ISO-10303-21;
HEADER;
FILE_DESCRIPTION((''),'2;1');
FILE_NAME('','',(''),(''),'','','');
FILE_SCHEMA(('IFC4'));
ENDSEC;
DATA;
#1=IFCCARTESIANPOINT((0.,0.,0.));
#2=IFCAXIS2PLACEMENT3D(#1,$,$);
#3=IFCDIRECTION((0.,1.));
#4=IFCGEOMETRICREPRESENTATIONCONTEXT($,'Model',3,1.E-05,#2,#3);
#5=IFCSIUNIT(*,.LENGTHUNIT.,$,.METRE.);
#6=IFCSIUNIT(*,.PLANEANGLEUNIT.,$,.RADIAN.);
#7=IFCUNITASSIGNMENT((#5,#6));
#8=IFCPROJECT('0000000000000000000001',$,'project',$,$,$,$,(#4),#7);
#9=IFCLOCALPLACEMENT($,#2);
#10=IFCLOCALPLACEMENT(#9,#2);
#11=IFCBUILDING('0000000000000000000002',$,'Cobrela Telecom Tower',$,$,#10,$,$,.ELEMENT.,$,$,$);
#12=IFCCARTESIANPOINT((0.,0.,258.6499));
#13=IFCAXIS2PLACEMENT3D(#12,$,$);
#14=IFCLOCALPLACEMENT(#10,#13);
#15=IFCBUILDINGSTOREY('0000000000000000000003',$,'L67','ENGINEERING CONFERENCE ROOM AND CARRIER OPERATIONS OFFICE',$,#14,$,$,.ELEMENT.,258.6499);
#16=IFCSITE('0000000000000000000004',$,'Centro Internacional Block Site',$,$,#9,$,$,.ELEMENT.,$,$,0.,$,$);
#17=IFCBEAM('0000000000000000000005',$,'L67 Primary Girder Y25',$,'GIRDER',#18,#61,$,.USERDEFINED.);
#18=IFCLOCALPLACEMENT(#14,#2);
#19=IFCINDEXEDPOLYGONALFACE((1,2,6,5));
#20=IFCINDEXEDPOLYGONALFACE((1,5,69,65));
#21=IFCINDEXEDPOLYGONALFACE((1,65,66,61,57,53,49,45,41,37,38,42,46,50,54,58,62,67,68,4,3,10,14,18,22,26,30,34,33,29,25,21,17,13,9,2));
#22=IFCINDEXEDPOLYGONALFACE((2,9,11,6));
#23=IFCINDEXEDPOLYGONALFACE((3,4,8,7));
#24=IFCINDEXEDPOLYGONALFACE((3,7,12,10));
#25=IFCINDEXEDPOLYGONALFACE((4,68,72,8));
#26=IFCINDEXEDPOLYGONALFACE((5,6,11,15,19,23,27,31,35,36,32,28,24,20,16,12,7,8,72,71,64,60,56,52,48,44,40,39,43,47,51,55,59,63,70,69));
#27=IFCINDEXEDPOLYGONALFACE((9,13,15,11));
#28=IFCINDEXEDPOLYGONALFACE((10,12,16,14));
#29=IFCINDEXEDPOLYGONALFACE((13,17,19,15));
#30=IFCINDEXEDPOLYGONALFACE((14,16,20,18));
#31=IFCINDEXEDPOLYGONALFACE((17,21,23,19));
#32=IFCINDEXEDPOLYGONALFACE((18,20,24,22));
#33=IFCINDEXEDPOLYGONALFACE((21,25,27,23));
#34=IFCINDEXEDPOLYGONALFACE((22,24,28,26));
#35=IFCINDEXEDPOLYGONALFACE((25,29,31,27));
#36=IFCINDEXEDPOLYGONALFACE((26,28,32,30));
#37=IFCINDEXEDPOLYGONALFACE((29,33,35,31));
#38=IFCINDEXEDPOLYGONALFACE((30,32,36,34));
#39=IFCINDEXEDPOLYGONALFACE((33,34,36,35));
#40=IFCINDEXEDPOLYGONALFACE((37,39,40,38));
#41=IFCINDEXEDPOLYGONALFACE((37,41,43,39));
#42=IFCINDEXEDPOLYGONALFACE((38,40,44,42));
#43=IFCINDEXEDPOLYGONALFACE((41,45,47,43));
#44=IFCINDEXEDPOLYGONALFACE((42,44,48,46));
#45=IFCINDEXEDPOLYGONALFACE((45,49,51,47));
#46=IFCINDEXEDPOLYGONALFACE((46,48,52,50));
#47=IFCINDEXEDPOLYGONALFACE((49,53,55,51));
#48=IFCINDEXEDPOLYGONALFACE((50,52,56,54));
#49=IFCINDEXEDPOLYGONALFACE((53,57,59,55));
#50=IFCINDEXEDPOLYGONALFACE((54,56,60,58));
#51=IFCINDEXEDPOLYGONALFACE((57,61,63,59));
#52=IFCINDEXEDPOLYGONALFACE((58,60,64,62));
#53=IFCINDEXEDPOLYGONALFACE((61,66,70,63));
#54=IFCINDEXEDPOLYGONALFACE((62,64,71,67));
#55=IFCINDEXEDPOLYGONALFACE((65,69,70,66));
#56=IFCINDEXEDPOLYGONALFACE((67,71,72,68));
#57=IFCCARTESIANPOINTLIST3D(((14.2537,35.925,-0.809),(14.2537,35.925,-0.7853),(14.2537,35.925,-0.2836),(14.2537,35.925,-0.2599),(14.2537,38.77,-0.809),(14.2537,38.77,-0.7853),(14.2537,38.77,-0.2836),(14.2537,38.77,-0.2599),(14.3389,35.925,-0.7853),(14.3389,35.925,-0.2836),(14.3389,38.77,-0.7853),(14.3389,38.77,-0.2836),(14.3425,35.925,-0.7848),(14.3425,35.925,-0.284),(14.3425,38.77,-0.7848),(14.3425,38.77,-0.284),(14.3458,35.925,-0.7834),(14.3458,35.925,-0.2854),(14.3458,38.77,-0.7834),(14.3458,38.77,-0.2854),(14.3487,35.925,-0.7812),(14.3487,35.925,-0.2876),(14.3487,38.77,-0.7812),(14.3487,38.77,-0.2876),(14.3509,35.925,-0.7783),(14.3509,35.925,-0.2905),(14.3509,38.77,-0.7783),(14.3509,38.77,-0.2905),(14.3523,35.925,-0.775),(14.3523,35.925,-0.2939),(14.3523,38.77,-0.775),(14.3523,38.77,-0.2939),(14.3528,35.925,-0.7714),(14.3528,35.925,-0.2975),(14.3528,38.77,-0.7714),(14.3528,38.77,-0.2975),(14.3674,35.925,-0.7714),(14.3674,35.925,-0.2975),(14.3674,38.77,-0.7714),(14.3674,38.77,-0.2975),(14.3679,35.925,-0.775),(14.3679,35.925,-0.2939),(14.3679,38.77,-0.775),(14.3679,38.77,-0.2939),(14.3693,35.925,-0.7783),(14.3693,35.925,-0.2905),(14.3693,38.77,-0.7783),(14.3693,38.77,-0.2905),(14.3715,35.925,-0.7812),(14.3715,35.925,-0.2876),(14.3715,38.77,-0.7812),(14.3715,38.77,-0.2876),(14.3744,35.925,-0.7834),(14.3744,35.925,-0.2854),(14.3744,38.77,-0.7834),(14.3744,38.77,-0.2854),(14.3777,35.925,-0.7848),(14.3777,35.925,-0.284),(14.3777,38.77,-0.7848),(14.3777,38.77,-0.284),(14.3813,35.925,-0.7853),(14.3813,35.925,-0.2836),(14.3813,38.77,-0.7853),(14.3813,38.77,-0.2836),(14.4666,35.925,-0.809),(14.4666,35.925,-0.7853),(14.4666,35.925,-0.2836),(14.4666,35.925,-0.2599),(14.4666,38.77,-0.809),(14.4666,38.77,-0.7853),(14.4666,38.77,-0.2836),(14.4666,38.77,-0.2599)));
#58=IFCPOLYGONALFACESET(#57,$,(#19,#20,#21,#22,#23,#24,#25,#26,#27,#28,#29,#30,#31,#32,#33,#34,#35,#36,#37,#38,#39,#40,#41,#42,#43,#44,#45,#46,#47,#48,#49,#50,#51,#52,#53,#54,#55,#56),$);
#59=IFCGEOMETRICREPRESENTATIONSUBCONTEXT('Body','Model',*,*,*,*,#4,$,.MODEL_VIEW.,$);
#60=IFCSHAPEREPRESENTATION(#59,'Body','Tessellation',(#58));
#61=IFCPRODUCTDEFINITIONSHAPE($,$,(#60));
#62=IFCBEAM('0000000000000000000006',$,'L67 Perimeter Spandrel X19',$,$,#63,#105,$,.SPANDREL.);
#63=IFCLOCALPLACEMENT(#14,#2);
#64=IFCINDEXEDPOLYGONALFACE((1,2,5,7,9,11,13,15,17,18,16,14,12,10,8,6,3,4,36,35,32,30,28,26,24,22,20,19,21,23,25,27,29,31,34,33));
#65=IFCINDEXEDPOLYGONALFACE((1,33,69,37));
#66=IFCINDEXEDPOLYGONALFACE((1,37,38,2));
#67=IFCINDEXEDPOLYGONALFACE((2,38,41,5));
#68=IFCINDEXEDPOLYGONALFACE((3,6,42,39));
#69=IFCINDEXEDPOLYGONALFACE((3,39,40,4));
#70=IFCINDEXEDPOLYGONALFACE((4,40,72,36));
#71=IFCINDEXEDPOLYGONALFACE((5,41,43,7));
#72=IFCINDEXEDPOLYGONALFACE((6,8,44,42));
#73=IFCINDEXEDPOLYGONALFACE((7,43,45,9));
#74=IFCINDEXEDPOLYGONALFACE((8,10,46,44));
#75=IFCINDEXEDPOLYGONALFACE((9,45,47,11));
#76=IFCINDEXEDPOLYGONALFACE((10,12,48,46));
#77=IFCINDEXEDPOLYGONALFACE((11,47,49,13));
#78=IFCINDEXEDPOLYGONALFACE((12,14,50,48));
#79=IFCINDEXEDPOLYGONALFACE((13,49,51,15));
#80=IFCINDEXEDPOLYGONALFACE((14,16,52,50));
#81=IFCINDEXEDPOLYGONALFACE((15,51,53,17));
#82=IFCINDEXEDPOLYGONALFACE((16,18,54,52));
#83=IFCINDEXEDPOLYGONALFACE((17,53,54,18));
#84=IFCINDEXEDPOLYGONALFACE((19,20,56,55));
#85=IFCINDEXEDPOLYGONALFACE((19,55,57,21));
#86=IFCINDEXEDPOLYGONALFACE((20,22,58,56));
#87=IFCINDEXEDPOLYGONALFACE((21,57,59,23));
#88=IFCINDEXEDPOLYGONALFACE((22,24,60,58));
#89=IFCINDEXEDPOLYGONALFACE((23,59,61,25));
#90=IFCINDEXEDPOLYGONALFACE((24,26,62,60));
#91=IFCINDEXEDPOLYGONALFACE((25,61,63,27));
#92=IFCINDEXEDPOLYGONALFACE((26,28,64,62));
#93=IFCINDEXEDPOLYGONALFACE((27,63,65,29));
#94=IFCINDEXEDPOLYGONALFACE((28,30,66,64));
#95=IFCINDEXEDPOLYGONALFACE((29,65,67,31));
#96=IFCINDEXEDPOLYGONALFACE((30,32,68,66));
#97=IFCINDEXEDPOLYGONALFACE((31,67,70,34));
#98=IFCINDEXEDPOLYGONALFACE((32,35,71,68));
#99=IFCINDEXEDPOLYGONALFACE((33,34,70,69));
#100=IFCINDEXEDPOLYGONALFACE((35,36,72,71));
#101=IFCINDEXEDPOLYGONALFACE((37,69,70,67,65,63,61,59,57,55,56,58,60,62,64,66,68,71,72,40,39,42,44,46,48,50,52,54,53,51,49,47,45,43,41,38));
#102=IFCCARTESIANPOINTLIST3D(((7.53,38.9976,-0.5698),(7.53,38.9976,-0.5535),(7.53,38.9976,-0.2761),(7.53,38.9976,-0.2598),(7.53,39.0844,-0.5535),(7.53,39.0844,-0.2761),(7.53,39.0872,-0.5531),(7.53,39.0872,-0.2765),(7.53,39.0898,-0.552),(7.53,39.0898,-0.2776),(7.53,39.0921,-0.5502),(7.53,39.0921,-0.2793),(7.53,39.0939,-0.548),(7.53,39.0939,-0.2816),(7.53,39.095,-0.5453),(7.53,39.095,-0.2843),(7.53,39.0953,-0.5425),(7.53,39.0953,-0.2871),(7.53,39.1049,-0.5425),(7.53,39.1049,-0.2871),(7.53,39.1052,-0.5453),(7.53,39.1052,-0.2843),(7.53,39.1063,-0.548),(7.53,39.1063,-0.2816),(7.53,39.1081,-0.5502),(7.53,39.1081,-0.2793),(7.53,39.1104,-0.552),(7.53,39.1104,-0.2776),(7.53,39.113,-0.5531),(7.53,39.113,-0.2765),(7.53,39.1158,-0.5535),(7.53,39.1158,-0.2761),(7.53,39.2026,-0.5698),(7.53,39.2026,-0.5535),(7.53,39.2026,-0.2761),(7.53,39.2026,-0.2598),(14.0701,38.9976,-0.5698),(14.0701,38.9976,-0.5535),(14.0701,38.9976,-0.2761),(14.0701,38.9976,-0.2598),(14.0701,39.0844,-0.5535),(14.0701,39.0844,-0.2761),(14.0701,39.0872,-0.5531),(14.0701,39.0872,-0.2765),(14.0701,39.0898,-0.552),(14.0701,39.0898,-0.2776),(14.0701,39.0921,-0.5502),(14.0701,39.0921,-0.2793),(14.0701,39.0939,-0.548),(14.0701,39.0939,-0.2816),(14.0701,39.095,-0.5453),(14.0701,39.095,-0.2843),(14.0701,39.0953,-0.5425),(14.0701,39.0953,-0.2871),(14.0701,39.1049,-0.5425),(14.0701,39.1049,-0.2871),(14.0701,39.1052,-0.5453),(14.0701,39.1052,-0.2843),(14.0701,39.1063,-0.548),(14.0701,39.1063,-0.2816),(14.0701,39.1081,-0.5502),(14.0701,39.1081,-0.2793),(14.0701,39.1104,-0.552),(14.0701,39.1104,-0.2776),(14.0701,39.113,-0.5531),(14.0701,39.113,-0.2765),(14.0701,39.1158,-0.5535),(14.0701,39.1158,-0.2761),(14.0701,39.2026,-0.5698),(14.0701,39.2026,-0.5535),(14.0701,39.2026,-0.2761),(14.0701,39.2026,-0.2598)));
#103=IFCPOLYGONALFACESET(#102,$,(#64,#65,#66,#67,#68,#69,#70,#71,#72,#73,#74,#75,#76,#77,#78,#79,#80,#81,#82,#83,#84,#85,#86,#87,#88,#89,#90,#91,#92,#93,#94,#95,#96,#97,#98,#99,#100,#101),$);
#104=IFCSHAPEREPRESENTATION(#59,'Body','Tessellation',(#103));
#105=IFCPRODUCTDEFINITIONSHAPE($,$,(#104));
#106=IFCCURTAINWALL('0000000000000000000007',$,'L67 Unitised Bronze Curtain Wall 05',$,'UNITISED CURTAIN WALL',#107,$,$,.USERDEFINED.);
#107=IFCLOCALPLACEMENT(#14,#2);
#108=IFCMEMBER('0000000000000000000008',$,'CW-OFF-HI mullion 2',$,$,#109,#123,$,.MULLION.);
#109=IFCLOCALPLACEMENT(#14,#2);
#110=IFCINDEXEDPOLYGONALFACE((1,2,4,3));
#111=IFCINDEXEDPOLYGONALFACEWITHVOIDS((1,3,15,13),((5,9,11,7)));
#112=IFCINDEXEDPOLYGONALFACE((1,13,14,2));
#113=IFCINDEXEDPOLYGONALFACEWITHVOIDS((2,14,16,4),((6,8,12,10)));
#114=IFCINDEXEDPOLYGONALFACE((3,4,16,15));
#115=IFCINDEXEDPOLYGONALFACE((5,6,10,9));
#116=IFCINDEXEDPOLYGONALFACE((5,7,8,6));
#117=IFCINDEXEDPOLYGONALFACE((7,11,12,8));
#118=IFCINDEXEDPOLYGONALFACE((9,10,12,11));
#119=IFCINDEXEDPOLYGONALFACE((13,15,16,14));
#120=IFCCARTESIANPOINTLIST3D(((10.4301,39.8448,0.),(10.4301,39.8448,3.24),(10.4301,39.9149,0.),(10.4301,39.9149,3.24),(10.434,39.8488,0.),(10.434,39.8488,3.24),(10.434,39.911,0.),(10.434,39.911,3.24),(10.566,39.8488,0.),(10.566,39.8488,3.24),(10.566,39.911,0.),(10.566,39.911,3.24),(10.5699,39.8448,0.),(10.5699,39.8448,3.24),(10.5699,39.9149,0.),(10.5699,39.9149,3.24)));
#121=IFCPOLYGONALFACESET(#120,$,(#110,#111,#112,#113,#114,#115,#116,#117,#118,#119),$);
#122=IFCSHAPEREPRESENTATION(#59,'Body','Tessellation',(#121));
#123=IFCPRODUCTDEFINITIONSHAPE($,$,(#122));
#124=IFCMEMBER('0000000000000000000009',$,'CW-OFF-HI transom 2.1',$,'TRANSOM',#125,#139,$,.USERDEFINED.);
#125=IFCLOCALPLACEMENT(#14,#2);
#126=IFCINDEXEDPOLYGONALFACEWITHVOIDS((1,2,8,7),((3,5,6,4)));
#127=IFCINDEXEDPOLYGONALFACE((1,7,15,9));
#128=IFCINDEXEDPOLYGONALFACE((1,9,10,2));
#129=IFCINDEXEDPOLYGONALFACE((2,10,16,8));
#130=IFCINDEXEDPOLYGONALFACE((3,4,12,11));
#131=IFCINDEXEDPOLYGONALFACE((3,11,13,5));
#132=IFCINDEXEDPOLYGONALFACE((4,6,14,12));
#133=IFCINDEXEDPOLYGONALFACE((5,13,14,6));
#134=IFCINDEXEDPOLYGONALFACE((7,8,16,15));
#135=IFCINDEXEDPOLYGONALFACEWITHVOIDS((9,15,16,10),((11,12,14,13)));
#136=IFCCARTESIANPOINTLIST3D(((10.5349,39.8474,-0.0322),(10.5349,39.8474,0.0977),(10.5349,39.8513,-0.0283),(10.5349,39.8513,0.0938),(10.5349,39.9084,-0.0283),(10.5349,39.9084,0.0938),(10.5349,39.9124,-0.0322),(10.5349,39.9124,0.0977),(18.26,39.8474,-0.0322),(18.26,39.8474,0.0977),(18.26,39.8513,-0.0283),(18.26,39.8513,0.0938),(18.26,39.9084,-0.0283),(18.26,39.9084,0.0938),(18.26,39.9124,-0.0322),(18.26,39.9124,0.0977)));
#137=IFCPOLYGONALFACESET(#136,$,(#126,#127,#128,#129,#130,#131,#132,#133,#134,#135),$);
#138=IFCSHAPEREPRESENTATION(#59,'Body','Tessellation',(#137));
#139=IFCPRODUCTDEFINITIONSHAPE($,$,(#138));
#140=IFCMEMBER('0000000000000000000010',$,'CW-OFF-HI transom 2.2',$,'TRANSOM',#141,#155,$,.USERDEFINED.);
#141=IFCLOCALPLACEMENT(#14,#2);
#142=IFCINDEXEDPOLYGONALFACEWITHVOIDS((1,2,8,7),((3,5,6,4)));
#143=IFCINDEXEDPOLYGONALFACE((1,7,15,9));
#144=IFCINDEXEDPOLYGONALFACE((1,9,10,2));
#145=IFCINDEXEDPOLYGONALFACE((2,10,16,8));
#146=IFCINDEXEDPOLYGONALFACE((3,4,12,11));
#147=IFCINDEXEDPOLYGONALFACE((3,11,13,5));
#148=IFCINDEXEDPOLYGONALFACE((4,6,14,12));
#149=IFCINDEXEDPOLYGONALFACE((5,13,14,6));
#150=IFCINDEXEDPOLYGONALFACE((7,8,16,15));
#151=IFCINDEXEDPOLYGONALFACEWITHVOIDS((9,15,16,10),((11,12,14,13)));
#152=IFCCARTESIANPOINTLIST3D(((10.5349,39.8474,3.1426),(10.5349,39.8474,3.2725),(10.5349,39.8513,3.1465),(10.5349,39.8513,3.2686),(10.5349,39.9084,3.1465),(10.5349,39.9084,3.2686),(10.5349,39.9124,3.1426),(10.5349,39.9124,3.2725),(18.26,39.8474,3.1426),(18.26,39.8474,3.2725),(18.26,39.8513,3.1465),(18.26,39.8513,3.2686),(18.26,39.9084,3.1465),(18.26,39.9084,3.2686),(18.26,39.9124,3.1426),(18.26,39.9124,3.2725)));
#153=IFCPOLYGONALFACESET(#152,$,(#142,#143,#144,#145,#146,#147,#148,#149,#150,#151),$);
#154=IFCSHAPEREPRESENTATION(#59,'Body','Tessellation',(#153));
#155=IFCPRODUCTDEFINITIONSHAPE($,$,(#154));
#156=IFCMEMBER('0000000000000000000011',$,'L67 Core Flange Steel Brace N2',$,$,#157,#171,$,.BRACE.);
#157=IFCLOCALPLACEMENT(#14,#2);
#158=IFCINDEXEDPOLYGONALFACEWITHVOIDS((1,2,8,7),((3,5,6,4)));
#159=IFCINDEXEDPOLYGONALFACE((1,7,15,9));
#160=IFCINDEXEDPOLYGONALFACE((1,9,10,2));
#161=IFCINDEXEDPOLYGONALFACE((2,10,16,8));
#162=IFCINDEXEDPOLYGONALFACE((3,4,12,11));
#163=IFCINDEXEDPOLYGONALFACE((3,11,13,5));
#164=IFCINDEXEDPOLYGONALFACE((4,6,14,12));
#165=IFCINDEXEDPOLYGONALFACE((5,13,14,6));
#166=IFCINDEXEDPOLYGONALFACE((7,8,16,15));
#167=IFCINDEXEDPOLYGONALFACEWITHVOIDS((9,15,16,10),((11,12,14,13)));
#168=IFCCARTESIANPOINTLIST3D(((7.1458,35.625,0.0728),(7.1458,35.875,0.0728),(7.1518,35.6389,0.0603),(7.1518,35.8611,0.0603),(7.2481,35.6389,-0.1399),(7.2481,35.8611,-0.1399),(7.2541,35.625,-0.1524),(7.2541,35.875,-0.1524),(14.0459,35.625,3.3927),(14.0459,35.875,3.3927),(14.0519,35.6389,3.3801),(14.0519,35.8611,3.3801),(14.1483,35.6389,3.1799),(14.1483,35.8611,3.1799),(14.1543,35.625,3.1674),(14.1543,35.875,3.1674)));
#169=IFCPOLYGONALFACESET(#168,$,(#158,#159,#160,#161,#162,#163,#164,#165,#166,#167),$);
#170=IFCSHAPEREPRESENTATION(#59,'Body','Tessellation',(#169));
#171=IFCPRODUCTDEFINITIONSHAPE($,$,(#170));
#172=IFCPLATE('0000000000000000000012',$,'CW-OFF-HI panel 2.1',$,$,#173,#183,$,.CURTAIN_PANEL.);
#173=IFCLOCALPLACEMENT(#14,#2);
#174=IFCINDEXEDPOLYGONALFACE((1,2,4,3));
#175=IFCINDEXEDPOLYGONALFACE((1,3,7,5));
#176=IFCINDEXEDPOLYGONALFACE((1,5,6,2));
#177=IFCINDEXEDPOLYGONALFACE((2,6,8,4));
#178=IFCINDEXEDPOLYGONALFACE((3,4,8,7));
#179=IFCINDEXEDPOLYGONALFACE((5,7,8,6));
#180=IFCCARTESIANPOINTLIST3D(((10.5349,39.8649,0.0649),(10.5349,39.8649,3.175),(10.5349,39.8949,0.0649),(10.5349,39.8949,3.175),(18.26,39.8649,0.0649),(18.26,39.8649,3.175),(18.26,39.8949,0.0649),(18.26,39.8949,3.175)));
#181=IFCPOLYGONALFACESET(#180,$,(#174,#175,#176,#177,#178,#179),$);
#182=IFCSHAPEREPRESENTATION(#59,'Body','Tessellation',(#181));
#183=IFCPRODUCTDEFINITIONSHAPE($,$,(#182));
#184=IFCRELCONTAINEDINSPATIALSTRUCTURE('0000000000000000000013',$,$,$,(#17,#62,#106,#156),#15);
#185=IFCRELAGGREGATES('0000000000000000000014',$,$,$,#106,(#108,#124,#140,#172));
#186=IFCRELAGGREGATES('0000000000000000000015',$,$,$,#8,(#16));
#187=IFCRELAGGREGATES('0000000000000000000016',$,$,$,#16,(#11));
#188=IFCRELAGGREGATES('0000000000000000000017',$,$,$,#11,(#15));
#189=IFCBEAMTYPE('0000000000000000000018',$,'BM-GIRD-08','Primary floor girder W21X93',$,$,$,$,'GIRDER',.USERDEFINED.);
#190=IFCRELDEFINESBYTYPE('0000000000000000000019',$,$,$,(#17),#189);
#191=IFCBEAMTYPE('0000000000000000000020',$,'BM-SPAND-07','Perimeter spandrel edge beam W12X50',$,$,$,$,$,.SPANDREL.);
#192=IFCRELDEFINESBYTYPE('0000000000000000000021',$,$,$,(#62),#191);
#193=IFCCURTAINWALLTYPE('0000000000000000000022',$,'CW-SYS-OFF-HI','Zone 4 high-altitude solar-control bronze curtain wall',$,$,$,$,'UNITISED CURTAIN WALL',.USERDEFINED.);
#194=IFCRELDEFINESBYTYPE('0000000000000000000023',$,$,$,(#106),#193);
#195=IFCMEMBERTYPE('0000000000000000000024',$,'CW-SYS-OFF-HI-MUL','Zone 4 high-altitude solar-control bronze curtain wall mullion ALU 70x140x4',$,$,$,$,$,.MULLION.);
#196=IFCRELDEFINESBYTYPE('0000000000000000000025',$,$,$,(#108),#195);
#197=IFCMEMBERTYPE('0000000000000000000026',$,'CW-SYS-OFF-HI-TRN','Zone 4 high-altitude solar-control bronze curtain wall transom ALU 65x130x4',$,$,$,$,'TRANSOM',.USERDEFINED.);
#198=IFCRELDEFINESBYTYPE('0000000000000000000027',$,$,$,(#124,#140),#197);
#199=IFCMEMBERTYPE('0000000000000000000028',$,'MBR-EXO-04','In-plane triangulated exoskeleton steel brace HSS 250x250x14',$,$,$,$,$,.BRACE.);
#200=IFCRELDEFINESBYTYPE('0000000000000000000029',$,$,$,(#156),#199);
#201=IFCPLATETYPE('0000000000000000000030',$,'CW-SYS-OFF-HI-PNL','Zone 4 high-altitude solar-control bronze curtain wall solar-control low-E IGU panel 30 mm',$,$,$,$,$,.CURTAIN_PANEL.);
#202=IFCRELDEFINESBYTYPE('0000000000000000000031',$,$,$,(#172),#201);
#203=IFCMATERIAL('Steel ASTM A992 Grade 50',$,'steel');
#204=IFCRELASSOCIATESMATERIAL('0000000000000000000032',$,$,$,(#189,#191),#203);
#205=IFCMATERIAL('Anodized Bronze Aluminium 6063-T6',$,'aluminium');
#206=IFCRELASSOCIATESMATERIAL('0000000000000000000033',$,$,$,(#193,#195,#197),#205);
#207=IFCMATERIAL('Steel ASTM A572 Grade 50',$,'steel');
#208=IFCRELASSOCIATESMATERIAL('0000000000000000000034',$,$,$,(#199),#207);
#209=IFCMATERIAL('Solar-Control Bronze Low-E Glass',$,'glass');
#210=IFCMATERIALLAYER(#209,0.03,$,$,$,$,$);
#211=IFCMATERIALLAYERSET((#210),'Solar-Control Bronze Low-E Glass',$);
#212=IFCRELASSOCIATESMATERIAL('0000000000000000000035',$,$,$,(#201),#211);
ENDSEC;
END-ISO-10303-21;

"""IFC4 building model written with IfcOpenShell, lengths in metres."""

from ifc_helpers import new_model, si_unit, direction, frame, origin, origin_2d, place, context, subcontext, project, spatial, rectangle, hollow_rectangle, i_section, extrude, material, layer, layer_set, material_profile, profile_set, type_object, element, aggregate, save


model = new_model("IFC4")

# Units and contexts
model_context = context("Model", 3, precision=1e-05, world=origin(), true_north=direction((0.0, 1.0)))
body_context = subcontext(model_context, "Body", "Model", "MODEL_VIEW")
ifc_project = project(units=[si_unit("LENGTHUNIT", "METRE"), si_unit("PLANEANGLEUNIT", "RADIAN")], contexts=[model_context])

# Site, building, storey
site_placement = place(None, origin())
site = spatial("IfcSite", under=ifc_project, at=site_placement, Name="Centro Internacional Block Site", CompositionType="ELEMENT", RefElevation=0.0)
building_placement = place(site_placement, origin())
building = spatial("IfcBuilding", under=site, at=building_placement, Name="Cobrela Telecom Tower", CompositionType="ELEMENT")
storey_placement = place(building_placement, frame((0.0, 0.0, 258.6499)))
storey = spatial("IfcBuildingStorey", under=building, at=storey_placement, Name="L67", Description="ENGINEERING CONFERENCE ROOM AND CARRIER OPERATIONS OFFICE", CompositionType="ELEMENT", Elevation=258.6499)

# Shared definitions
ifc_material_1 = material(Name="Steel ASTM A572 Grade 50", Category="steel")

# Beams
ifc_material_2 = material(Name="Steel ASTM A992 Grade 50", Category="steel")
ifc_material_profile_1 = material_profile(ifc_material_2, i_section(OverallWidth=0.2129, OverallDepth=0.5491, WebThickness=0.0146, FlangeThickness=0.0237, FilletRadius=0.0139, at=origin_2d()), Name="W21X93")
ifc_profile_set_1 = profile_set([ifc_material_profile_1], Name="Steel ASTM A992 Grade 50")
beam_type_1 = type_object("IfcBeamType", Name="BM-GIRD-08", Description="Primary floor girder W21X93", ElementType="GIRDER", PredefinedType="USERDEFINED", material=ifc_profile_set_1)
for number, where, z_axis, x_axis, name in (
    (1, (14.3601, 35.925, -0.5344), (0.0, 1.0, 0.0), (-1.0, 0.0, 0.0), "L67 Primary Girder Y25"),
):
    element("IfcBeam", number, at=place(storey_placement, frame(where, z_axis=z_axis, x_axis=x_axis)), inside=storey, type_object=beam_type_1, Name=name, ObjectType="GIRDER", PredefinedType="USERDEFINED", context=body_context, shape_type="SweptSolid", body=[
        extrude(i_section(OverallWidth=0.2129, OverallDepth=0.5491, WebThickness=0.0146, FlangeThickness=0.0237, FilletRadius=0.0139, at=origin_2d()), origin(), (0.0, 0.0, 1.0), 2.845),
    ])
ifc_material_profile_2 = material_profile(ifc_material_2, i_section(OverallWidth=0.2051, OverallDepth=0.3101, WebThickness=0.0095, FlangeThickness=0.0164, FilletRadius=0.011, at=origin_2d()), Name="W12X50")
ifc_profile_set_2 = profile_set([ifc_material_profile_2], Name="Steel ASTM A992 Grade 50")
beam_type_2 = type_object("IfcBeamType", Name="BM-SPAND-07", Description="Perimeter spandrel edge beam W12X50", PredefinedType="SPANDREL", material=ifc_profile_set_2)
beam_1_placement = place(storey_placement, frame((7.53, 39.1001, -0.4148), z_axis=(1.0, 0.0, 0.0), x_axis=(0.0, 1.0, 0.0)))
element("IfcBeam", 2, at=beam_1_placement, inside=storey, type_object=beam_type_2, Name="L67 Perimeter Spandrel X19", PredefinedType="SPANDREL", context=body_context, shape_type="SweptSolid", body=[
    extrude(i_section(OverallWidth=0.2051, OverallDepth=0.3101, WebThickness=0.0095, FlangeThickness=0.0164, FilletRadius=0.011, at=origin_2d()), origin(), (0.0, 0.0, 1.0), 6.54),
])

# Curtain wall, members
ifc_material_3 = material(Name="Anodized Bronze Aluminium 6063-T6", Category="aluminium")
curtain_wall_type = type_object("IfcCurtainWallType", Name="CW-SYS-OFF-HI", Description="Zone 4 high-altitude solar-control bronze curtain wall", ElementType="UNITISED CURTAIN WALL", PredefinedType="USERDEFINED", material=ifc_material_3)
curtain_wall_placement = place(storey_placement, origin())
curtain_wall = element("IfcCurtainWall", 3, at=curtain_wall_placement, inside=storey, type_object=curtain_wall_type, Name="L67 Unitised Bronze Curtain Wall 05", ObjectType="UNITISED CURTAIN WALL", PredefinedType="USERDEFINED")
ifc_material_profile_3 = material_profile(ifc_material_3, hollow_rectangle(XDim=0.0701, YDim=0.1399, WallThickness=0.0039, at=origin_2d()), Name="ALU 70x140x4")
ifc_profile_set_3 = profile_set([ifc_material_profile_3], Name="Anodized Bronze Aluminium 6063-T6")
member_type_1 = type_object("IfcMemberType", Name="CW-SYS-OFF-HI-MUL", Description="Zone 4 high-altitude solar-control bronze curtain wall mullion ALU 70x140x4", PredefinedType="MULLION", material=ifc_profile_set_3)
member_1_placement = place(storey_placement, frame((10.5, 39.8799, 0.0), z_axis=(0.0, 0.0, 1.0), x_axis=(0.0, 1.0, 0.0)))
member_1 = element("IfcMember", 4, at=member_1_placement, type_object=member_type_1, Name="CW-OFF-HI mullion 2", PredefinedType="MULLION", context=body_context, shape_type="SweptSolid", body=[
    extrude(hollow_rectangle(XDim=0.0701, YDim=0.1399, WallThickness=0.0039, at=origin_2d()), origin(), (0.0, 0.0, 1.0), 3.24),
])
ifc_material_profile_4 = material_profile(ifc_material_3, hollow_rectangle(XDim=0.0649, YDim=0.1299, WallThickness=0.0039, at=origin_2d()), Name="ALU 65x130x4")
ifc_profile_set_4 = profile_set([ifc_material_profile_4], Name="Anodized Bronze Aluminium 6063-T6")
member_type_2 = type_object("IfcMemberType", Name="CW-SYS-OFF-HI-TRN", Description="Zone 4 high-altitude solar-control bronze curtain wall transom ALU 65x130x4", ElementType="TRANSOM", PredefinedType="USERDEFINED", material=ifc_profile_set_4)
member_2_placement = place(storey_placement, frame((10.5349, 39.8799, 0.0327), z_axis=(1.0, 0.0, 0.0), x_axis=(0.0, 1.0, 0.0)))
member_2 = element("IfcMember", 5, at=member_2_placement, type_object=member_type_2, Name="CW-OFF-HI transom 2.1", ObjectType="TRANSOM", PredefinedType="USERDEFINED", context=body_context, shape_type="SweptSolid", body=[
    extrude(hollow_rectangle(XDim=0.0649, YDim=0.1299, WallThickness=0.0039, at=origin_2d()), origin(), (0.0, 0.0, 1.0), 7.7251),
])
member_3_placement = place(storey_placement, frame((10.5349, 39.8799, 3.2075), z_axis=(1.0, 0.0, 0.0), x_axis=(0.0, 1.0, 0.0)))
member_3 = element("IfcMember", 6, at=member_3_placement, type_object=member_type_2, Name="CW-OFF-HI transom 2.2", ObjectType="TRANSOM", PredefinedType="USERDEFINED", context=body_context, shape_type="SweptSolid", body=[
    extrude(hollow_rectangle(XDim=0.0649, YDim=0.1299, WallThickness=0.0039, at=origin_2d()), origin(), (0.0, 0.0, 1.0), 7.7251),
])

# Member
ifc_material_profile_5 = material_profile(ifc_material_1, hollow_rectangle(XDim=0.25, YDim=0.25, WallThickness=0.0139, at=origin_2d()), Name="HSS 250x250x14")
ifc_profile_set_5 = profile_set([ifc_material_profile_5], Name="Steel ASTM A572 Grade 50")
member_type_3 = type_object("IfcMemberType", Name="MBR-EXO-04", Description="In-plane triangulated exoskeleton steel brace HSS 250x250x14", PredefinedType="BRACE", material=ifc_profile_set_5)
member_4_placement = place(storey_placement, frame((7.2, 35.75, -0.0398), z_axis=(0.901128, 0.0, 0.433554), x_axis=(0.0, 1.0, 0.0)))
element("IfcMember", 7, at=member_4_placement, inside=storey, type_object=member_type_3, Name="L67 Core Flange Steel Brace N2", PredefinedType="BRACE", context=body_context, shape_type="SweptSolid", body=[
    extrude(hollow_rectangle(XDim=0.25, YDim=0.25, WallThickness=0.0139, at=origin_2d()), origin(), (0.0, 0.0, 1.0), 7.6572),
])

# Plate
ifc_material_4 = material(Name="Solar-Control Bronze Low-E Glass", Category="glass")
ifc_layer_1 = layer(ifc_material_4, 0.03)
ifc_layer_set_1 = layer_set([ifc_layer_1], Name="Solar-Control Bronze Low-E Glass")
plate_type_1 = type_object("IfcPlateType", Name="CW-SYS-OFF-HI-PNL", Description="Zone 4 high-altitude solar-control bronze curtain wall solar-control low-E IGU panel 30 mm", PredefinedType="CURTAIN_PANEL", material=ifc_layer_set_1)
plate_1_placement = place(storey_placement, frame((14.3975, 39.8799, 0.0649), z_axis=(0.0, 0.0, 1.0), x_axis=(1.0, 0.0, 0.0)))
plate_1 = element("IfcPlate", 8, at=plate_1_placement, type_object=plate_type_1, Name="CW-OFF-HI panel 2.1", PredefinedType="CURTAIN_PANEL", context=body_context, shape_type="SweptSolid", body=[
    extrude(rectangle(XDim=7.7251, YDim=0.03, at=origin_2d()), origin(), (0.0, 0.0, 1.0), 3.1101),
])
aggregate(curtain_wall, [member_1, member_2, member_3, plate_1])

save(model, "model.ifc")
